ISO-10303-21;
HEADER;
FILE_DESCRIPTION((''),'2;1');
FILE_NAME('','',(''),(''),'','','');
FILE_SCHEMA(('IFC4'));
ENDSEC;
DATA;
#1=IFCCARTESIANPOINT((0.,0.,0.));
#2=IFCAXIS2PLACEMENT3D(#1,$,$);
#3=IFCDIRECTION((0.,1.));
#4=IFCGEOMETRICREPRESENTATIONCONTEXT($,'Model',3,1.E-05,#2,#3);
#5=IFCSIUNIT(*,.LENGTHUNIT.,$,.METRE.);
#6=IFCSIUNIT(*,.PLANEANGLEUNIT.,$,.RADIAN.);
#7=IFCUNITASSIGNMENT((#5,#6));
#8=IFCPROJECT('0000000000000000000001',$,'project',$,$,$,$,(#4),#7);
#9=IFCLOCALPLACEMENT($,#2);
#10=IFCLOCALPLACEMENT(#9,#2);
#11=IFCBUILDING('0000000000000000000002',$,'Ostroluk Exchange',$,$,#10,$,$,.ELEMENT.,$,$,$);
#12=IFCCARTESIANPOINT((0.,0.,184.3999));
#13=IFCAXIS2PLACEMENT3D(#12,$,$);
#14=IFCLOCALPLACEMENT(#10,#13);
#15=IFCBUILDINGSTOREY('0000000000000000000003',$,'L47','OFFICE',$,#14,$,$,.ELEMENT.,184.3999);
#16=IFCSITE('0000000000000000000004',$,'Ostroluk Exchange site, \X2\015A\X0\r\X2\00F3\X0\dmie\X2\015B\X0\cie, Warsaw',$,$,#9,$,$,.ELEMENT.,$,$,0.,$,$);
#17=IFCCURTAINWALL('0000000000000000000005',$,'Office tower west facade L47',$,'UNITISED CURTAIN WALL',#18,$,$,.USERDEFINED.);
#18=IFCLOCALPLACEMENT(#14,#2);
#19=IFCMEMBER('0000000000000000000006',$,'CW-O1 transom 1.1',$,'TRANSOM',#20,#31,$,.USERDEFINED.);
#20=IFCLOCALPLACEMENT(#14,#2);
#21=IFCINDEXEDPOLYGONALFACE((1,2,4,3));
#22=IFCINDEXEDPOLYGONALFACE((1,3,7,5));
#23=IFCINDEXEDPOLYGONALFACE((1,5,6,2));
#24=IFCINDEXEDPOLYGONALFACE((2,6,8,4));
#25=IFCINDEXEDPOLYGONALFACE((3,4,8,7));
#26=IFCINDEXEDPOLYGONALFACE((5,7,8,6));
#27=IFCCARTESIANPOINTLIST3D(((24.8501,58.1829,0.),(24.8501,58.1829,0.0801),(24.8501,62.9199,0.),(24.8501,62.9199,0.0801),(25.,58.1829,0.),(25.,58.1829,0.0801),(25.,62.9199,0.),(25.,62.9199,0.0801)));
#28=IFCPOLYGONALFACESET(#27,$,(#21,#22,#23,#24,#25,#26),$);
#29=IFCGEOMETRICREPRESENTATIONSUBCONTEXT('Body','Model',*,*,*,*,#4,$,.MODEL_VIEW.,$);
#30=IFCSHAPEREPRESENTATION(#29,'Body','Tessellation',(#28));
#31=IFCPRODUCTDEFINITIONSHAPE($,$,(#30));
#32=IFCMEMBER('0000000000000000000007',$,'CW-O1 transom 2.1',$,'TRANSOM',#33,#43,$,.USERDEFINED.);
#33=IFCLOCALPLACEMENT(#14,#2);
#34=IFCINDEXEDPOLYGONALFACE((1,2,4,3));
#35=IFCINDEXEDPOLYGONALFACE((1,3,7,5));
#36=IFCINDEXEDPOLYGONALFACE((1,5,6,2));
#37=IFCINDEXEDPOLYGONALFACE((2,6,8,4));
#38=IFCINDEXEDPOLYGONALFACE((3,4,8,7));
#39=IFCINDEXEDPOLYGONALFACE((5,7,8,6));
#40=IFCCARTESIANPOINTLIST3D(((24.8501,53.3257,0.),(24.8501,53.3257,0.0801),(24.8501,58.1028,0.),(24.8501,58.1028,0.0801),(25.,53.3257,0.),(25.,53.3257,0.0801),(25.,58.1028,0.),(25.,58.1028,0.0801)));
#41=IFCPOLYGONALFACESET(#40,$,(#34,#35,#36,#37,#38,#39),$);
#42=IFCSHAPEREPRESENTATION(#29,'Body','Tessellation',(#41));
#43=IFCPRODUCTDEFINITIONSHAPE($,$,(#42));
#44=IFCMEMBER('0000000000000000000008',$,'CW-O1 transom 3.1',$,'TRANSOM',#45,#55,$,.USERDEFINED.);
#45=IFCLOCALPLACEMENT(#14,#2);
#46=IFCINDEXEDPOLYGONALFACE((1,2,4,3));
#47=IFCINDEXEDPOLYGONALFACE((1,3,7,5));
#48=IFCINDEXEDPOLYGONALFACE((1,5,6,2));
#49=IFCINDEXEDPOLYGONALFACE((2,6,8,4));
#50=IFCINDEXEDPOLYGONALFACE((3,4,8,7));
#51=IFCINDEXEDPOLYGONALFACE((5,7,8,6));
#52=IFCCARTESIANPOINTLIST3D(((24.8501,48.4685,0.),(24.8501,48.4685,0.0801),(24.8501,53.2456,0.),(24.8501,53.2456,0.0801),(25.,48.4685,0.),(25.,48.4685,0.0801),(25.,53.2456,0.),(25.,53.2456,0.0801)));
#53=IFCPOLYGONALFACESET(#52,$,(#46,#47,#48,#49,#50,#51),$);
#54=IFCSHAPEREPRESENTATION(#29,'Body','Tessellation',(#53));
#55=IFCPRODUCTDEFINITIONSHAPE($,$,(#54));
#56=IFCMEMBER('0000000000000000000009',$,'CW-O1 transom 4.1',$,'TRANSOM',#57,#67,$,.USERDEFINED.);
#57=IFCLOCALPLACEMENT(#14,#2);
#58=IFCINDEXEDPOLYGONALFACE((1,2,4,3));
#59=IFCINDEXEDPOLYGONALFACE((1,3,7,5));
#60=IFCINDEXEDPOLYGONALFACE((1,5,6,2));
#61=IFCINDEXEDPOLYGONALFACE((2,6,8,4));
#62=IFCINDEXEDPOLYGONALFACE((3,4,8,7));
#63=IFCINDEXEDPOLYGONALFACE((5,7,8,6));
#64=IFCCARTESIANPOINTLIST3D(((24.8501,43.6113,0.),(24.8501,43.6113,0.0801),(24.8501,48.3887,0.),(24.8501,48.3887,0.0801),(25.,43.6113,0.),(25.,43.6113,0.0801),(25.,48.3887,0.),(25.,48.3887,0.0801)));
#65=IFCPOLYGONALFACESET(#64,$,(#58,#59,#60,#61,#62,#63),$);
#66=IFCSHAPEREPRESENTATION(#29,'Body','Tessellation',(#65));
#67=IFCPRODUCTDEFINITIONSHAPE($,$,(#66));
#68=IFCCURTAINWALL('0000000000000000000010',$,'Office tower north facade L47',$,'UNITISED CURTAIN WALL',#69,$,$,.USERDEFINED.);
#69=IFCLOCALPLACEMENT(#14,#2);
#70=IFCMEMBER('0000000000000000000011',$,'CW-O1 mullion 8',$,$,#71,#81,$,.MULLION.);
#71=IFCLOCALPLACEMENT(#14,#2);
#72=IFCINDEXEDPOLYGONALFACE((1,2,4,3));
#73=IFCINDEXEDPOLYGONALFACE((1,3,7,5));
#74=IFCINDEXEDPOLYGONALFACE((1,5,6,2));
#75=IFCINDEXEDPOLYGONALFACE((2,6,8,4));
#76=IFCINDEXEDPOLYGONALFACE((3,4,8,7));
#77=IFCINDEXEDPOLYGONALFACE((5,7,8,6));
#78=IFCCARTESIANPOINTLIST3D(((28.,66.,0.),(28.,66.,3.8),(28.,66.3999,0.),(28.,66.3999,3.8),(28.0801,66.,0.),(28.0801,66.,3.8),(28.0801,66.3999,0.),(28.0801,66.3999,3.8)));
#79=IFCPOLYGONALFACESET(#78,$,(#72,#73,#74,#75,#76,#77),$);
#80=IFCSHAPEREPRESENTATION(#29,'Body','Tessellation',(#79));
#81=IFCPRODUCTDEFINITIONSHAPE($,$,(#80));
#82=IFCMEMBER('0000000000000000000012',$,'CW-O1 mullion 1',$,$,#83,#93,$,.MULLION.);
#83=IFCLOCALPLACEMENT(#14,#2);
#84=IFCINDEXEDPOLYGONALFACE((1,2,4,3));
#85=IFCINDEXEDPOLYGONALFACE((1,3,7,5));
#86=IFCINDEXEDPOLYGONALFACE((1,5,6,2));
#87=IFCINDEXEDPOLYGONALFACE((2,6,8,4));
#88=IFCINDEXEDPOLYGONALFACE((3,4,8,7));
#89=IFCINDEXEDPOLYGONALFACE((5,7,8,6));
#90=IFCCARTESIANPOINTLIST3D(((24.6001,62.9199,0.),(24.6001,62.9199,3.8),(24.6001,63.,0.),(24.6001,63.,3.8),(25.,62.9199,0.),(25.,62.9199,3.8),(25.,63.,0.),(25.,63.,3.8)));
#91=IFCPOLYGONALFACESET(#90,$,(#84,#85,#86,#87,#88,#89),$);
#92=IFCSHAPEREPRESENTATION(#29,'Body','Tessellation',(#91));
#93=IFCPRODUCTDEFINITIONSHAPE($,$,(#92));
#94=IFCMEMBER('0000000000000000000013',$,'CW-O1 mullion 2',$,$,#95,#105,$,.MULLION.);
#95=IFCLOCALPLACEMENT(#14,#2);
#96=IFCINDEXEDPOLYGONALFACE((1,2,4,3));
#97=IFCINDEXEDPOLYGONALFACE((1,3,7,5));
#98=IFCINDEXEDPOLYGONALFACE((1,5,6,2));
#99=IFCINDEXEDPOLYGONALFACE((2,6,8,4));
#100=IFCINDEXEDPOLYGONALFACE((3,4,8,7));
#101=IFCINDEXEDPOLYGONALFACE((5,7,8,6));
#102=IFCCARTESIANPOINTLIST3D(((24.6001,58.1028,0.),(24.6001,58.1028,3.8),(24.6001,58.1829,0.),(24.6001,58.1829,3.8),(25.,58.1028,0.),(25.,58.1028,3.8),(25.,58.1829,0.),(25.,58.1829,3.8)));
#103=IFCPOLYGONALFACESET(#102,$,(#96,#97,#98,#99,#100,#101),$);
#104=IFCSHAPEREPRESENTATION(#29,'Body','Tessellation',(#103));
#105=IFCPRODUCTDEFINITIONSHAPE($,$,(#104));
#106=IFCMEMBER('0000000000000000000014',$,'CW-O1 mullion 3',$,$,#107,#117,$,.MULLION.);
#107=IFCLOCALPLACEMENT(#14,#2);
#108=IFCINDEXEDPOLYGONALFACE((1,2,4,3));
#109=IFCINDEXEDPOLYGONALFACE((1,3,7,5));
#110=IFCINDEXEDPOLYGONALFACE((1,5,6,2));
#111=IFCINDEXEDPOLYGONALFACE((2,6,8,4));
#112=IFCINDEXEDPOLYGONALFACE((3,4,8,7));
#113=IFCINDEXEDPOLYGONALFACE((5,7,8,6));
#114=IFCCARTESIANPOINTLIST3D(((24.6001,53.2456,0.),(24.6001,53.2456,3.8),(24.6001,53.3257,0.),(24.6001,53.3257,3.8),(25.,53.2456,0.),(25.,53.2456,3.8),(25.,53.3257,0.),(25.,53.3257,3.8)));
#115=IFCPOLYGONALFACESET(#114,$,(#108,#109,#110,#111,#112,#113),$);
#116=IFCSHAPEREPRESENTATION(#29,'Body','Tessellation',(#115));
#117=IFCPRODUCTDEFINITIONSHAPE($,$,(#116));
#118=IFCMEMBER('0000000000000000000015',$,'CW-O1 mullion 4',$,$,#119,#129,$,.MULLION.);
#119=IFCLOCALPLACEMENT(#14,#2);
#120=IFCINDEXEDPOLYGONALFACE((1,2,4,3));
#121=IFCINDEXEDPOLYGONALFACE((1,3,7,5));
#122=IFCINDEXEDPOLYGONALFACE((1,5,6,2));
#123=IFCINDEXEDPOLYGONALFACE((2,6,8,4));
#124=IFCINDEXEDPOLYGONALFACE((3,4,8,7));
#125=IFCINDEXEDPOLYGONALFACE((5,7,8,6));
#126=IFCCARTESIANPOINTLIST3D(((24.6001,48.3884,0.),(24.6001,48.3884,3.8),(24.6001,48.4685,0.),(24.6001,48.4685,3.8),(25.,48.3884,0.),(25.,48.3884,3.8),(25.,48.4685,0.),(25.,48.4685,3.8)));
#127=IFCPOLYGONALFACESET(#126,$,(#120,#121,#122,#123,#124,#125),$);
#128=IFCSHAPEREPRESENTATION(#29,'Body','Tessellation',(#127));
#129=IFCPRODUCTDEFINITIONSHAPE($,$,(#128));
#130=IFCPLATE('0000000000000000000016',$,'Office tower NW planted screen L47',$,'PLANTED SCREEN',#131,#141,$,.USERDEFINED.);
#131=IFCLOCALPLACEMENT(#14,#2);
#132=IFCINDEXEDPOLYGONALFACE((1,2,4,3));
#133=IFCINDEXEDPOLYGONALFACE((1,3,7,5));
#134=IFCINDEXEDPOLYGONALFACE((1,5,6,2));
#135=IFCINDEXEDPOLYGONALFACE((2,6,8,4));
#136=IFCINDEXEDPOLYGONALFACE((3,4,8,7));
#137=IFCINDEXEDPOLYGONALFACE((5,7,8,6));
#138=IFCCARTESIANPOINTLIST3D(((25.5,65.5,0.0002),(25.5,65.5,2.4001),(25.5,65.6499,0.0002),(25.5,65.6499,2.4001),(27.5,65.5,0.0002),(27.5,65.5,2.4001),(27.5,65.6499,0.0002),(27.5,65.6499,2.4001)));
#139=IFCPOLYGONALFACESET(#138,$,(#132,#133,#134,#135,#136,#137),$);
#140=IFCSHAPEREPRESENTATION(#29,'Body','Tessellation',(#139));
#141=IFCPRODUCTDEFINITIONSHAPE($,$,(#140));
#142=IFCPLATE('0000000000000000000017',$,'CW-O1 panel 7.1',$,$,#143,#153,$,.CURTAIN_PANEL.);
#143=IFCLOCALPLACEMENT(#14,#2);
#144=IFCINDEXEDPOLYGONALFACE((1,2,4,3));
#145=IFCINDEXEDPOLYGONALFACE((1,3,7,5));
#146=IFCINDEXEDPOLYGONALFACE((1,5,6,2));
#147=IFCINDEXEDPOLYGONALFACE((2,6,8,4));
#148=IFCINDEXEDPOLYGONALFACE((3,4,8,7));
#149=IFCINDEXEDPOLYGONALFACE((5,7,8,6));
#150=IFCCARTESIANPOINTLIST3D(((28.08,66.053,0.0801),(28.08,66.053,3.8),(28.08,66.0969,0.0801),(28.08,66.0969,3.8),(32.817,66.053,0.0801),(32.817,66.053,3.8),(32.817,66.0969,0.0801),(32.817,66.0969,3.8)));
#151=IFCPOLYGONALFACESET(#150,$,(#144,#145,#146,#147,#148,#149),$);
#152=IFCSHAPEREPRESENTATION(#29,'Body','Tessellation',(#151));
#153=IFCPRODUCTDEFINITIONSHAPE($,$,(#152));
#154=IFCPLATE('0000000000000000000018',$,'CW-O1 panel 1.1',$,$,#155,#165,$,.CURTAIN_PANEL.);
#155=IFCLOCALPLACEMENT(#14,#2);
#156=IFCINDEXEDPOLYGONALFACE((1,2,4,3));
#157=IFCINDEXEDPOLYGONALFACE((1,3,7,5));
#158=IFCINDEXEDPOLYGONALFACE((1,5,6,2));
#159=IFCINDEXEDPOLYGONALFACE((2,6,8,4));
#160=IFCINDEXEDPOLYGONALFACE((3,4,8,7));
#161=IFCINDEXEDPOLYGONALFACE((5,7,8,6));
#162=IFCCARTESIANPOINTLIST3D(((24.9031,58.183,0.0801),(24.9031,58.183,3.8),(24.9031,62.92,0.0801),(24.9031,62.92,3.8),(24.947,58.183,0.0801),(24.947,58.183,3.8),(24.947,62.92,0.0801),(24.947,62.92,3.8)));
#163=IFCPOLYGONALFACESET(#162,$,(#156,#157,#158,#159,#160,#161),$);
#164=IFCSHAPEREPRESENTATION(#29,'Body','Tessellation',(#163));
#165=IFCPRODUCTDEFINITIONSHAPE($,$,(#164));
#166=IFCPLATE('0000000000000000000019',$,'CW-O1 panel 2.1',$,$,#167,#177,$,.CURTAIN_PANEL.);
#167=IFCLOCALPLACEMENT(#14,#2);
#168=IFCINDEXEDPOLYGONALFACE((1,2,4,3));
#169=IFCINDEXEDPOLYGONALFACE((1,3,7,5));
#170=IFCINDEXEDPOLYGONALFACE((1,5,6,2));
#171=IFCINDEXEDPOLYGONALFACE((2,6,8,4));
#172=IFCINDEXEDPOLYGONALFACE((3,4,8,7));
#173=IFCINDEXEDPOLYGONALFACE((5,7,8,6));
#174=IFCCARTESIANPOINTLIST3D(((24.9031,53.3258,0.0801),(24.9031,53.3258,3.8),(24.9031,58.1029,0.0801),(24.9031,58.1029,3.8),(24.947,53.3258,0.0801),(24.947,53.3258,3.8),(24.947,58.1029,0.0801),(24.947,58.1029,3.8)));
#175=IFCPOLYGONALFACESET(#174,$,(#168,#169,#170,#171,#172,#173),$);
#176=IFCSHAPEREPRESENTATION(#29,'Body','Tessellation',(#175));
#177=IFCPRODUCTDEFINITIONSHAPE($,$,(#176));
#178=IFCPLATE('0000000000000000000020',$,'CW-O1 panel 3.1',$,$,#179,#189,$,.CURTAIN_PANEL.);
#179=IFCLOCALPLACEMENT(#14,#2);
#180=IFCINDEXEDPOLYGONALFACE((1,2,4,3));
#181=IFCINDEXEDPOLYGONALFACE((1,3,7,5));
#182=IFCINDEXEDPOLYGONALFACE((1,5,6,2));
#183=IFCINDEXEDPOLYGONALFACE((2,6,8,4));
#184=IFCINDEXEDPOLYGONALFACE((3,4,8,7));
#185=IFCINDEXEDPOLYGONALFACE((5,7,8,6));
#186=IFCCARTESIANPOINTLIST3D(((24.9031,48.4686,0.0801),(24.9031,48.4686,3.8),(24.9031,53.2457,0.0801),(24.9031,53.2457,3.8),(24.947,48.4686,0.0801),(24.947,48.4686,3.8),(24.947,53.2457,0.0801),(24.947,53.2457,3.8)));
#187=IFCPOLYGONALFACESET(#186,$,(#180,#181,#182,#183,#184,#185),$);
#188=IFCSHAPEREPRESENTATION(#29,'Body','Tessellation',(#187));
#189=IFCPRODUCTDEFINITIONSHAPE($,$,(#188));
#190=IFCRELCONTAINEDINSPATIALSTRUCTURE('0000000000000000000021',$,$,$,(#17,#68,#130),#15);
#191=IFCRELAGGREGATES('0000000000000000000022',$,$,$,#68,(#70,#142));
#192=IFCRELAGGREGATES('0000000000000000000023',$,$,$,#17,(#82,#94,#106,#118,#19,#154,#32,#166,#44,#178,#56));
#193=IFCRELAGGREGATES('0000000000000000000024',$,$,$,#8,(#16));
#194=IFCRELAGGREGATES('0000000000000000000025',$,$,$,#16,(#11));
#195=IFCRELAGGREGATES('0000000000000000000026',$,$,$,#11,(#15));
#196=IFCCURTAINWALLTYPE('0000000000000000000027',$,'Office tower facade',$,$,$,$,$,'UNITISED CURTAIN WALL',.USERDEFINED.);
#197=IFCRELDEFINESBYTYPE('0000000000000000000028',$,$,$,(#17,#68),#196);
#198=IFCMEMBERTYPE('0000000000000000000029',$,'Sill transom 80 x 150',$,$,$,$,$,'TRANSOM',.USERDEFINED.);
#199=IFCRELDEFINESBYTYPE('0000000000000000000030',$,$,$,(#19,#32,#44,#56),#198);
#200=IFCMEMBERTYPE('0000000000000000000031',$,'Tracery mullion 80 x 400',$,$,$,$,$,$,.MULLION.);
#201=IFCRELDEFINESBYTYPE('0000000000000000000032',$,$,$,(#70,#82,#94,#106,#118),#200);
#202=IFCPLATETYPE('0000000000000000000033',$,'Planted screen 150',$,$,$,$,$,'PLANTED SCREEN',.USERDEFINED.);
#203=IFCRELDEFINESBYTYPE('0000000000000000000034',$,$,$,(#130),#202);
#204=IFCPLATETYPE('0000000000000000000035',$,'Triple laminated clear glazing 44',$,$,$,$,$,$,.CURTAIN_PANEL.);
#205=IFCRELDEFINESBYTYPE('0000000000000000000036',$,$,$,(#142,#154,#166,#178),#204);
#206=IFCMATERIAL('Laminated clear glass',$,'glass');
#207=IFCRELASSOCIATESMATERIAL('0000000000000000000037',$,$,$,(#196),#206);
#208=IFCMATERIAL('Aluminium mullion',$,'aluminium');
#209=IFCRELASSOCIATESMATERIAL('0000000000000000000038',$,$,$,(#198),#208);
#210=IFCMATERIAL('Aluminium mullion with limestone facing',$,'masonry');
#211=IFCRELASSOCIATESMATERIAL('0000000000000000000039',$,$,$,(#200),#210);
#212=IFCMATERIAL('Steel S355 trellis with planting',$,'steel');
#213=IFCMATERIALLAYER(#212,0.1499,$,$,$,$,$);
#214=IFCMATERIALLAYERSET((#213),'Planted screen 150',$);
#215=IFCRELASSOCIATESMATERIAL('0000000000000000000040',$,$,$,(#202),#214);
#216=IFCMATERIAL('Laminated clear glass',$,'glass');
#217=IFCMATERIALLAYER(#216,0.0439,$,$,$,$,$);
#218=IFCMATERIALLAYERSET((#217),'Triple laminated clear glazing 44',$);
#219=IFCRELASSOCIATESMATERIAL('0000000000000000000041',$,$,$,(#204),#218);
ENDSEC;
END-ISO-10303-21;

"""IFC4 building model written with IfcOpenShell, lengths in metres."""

from ifc_helpers import new_model, si_unit, direction, frame, origin, origin_2d, place, context, subcontext, project, spatial, rectangle, extrude, material, layer, layer_set, material_profile, profile_set, type_object, element, aggregate, save


model = new_model("IFC4")

# Units and contexts
model_context = context("Model", 3, precision=1e-05, world=origin(), true_north=direction((0.0, 1.0)))
body_context = subcontext(model_context, "Body", "Model", "MODEL_VIEW")
ifc_project = project(units=[si_unit("LENGTHUNIT", "METRE"), si_unit("PLANEANGLEUNIT", "RADIAN")], contexts=[model_context])

# Site, building, storey
site_placement = place(None, origin())
site = spatial("IfcSite", under=ifc_project, at=site_placement, Name="Ostroluk Exchange site, Śródmieście, Warsaw", CompositionType="ELEMENT", RefElevation=0.0)
building_placement = place(site_placement, origin())
building = spatial("IfcBuilding", under=site, at=building_placement, Name="Ostroluk Exchange", CompositionType="ELEMENT")
storey_placement = place(building_placement, frame((0.0, 0.0, 184.3999)))
storey = spatial("IfcBuildingStorey", under=building, at=storey_placement, Name="L47", Description="OFFICE", CompositionType="ELEMENT", Elevation=184.3999)

# Curtain wall, members
ifc_material_1 = material(Name="Laminated clear glass", Category="glass")
curtain_wall_type = type_object("IfcCurtainWallType", Name="Office tower facade", ElementType="UNITISED CURTAIN WALL", PredefinedType="USERDEFINED", material=ifc_material_1)
curtain_wall_1_placement = place(storey_placement, origin())
curtain_wall_1 = element("IfcCurtainWall", 1, at=curtain_wall_1_placement, inside=storey, type_object=curtain_wall_type, Name="Office tower west facade L47", ObjectType="UNITISED CURTAIN WALL", PredefinedType="USERDEFINED")
ifc_material_2 = material(Name="Aluminium mullion", Category="aluminium")
ifc_material_profile_1 = material_profile(ifc_material_2, rectangle(XDim=0.1499, YDim=0.0801, at=origin_2d()), Name="Sill transom 80 x 150")
ifc_profile_set_1 = profile_set([ifc_material_profile_1], Name="Aluminium mullion")
member_type_1 = type_object("IfcMemberType", Name="Sill transom 80 x 150", ElementType="TRANSOM", PredefinedType="USERDEFINED", material=ifc_profile_set_1)
member_1_placement = place(storey_placement, frame((24.925, 62.9199, 0.04), z_axis=(0.0, -1.0, 0.0), x_axis=(1.0, 0.0, 0.0)))
member_1 = element("IfcMember", 2, at=member_1_placement, type_object=member_type_1, Name="CW-O1 transom 1.1", ObjectType="TRANSOM", PredefinedType="USERDEFINED", context=body_context, shape_type="SweptSolid", body=[
    extrude(rectangle(XDim=0.1499, YDim=0.0801, at=origin_2d()), origin(), (0.0, 0.0, 1.0), 4.7371),
])
member_2_placement = place(storey_placement, frame((24.925, 58.1028, 0.04), z_axis=(0.0, -1.0, 0.0), x_axis=(1.0, 0.0, 0.0)))
member_2 = element("IfcMember", 3, at=member_2_placement, type_object=member_type_1, Name="CW-O1 transom 2.1", ObjectType="TRANSOM", PredefinedType="USERDEFINED", context=body_context, shape_type="SweptSolid", body=[
    extrude(rectangle(XDim=0.1499, YDim=0.0801, at=origin_2d()), origin(), (0.0, 0.0, 1.0), 4.7771),
])
member_3_placement = place(storey_placement, frame((24.925, 53.2456, 0.04), z_axis=(0.0, -1.0, 0.0), x_axis=(1.0, 0.0, 0.0)))
member_3 = element("IfcMember", 4, at=member_3_placement, type_object=member_type_1, Name="CW-O1 transom 3.1", ObjectType="TRANSOM", PredefinedType="USERDEFINED", context=body_context, shape_type="SweptSolid", body=[
    extrude(rectangle(XDim=0.1499, YDim=0.0801, at=origin_2d()), origin(), (0.0, 0.0, 1.0), 4.7771),
])
member_4_placement = place(storey_placement, frame((24.925, 48.3887, 0.04), z_axis=(0.0, -1.0, 0.0), x_axis=(1.0, 0.0, 0.0)))
member_4 = element("IfcMember", 5, at=member_4_placement, type_object=member_type_1, Name="CW-O1 transom 4.1", ObjectType="TRANSOM", PredefinedType="USERDEFINED", context=body_context, shape_type="SweptSolid", body=[
    extrude(rectangle(XDim=0.1499, YDim=0.0801, at=origin_2d()), origin(), (0.0, 0.0, 1.0), 4.7773),
])

# Curtain wall, member
curtain_wall_2_placement = place(storey_placement, origin())
curtain_wall_2 = element("IfcCurtainWall", 6, at=curtain_wall_2_placement, inside=storey, type_object=curtain_wall_type, Name="Office tower north facade L47", ObjectType="UNITISED CURTAIN WALL", PredefinedType="USERDEFINED")
ifc_material_3 = material(Name="Aluminium mullion with limestone facing", Category="masonry")
ifc_material_profile_2 = material_profile(ifc_material_3, rectangle(XDim=0.3999, YDim=0.0801, at=origin_2d()), Name="Tracery mullion 80 x 400")
ifc_profile_set_2 = profile_set([ifc_material_profile_2], Name="Aluminium mullion with limestone facing")
member_type_2 = type_object("IfcMemberType", Name="Tracery mullion 80 x 400", PredefinedType="MULLION", material=ifc_profile_set_2)
member_5_placement = place(storey_placement, frame((28.04, 66.2, 0.0), z_axis=(0.0, 0.0, 1.0), x_axis=(0.0, -1.0, 0.0)))
member_5 = element("IfcMember", 7, at=member_5_placement, type_object=member_type_2, Name="CW-O1 mullion 8", PredefinedType="MULLION", context=body_context, shape_type="SweptSolid", body=[
    extrude(rectangle(XDim=0.3999, YDim=0.0801, at=origin_2d()), origin(), (0.0, 0.0, 1.0), 3.8),
])

# Members
member_6_placement = place(storey_placement, frame((24.8, 62.96, 0.0), z_axis=(0.0, 0.0, 1.0), x_axis=(1.0, 0.0, 0.0)))
member_6 = element("IfcMember", 8, at=member_6_placement, type_object=member_type_2, Name="CW-O1 mullion 1", PredefinedType="MULLION", context=body_context, shape_type="SweptSolid", body=[
    extrude(rectangle(XDim=0.3999, YDim=0.0801, at=origin_2d()), origin(), (0.0, 0.0, 1.0), 3.8),
])
member_7_placement = place(storey_placement, frame((24.8, 58.1428, 0.0), z_axis=(0.0, 0.0, 1.0), x_axis=(1.0, 0.0, 0.0)))
member_7 = element("IfcMember", 9, at=member_7_placement, type_object=member_type_2, Name="CW-O1 mullion 2", PredefinedType="MULLION", context=body_context, shape_type="SweptSolid", body=[
    extrude(rectangle(XDim=0.3999, YDim=0.0801, at=origin_2d()), origin(), (0.0, 0.0, 1.0), 3.8),
])
member_8_placement = place(storey_placement, frame((24.8, 53.2856, 0.0), z_axis=(0.0, 0.0, 1.0), x_axis=(1.0, 0.0, 0.0)))
member_8 = element("IfcMember", 10, at=member_8_placement, type_object=member_type_2, Name="CW-O1 mullion 3", PredefinedType="MULLION", context=body_context, shape_type="SweptSolid", body=[
    extrude(rectangle(XDim=0.3999, YDim=0.0801, at=origin_2d()), origin(), (0.0, 0.0, 1.0), 3.8),
])
member_9_placement = place(storey_placement, frame((24.8, 48.4285, 0.0), z_axis=(0.0, 0.0, 1.0), x_axis=(1.0, 0.0, 0.0)))
member_9 = element("IfcMember", 11, at=member_9_placement, type_object=member_type_2, Name="CW-O1 mullion 4", PredefinedType="MULLION", context=body_context, shape_type="SweptSolid", body=[
    extrude(rectangle(XDim=0.3999, YDim=0.0801, at=origin_2d()), origin(), (0.0, 0.0, 1.0), 3.8),
])

# Plates
ifc_material_4 = material(Name="Steel S355 trellis with planting", Category="steel")
ifc_layer_1 = layer(ifc_material_4, 0.1499)
ifc_layer_set_1 = layer_set([ifc_layer_1], Name="Planted screen 150")
plate_type_1 = type_object("IfcPlateType", Name="Planted screen 150", ElementType="PLANTED SCREEN", PredefinedType="USERDEFINED", material=ifc_layer_set_1)
plate_1_placement = place(storey_placement, frame((26.5, 65.575, 0.0002), z_axis=(0.0, 0.0, 1.0), x_axis=(1.0, 0.0, 0.0)))
element("IfcPlate", 12, at=plate_1_placement, inside=storey, type_object=plate_type_1, Name="Office tower NW planted screen L47", ObjectType="PLANTED SCREEN", PredefinedType="USERDEFINED", context=body_context, shape_type="SweptSolid", body=[
    extrude(rectangle(XDim=2.0, YDim=0.1499, at=origin_2d()), origin(), (0.0, 0.0, 1.0), 2.3999),
])
ifc_material_5 = material(Name="Laminated clear glass", Category="glass")
ifc_layer_2 = layer(ifc_material_5, 0.0439)
ifc_layer_set_2 = layer_set([ifc_layer_2], Name="Triple laminated clear glazing 44")
plate_type_2 = type_object("IfcPlateType", Name="Triple laminated clear glazing 44", PredefinedType="CURTAIN_PANEL", material=ifc_layer_set_2)
plate_2_placement = place(storey_placement, frame((30.4485, 66.075, 0.0801), z_axis=(0.0, 0.0, 1.0), x_axis=(-1.0, 0.0, 0.0)))
plate_2 = element("IfcPlate", 13, at=plate_2_placement, type_object=plate_type_2, Name="CW-O1 panel 7.1", PredefinedType="CURTAIN_PANEL", context=body_context, shape_type="SweptSolid", body=[
    extrude(rectangle(XDim=4.7371, YDim=0.0439, at=origin_2d()), origin(), (0.0, 0.0, 1.0), 3.72),
])
aggregate(curtain_wall_2, [member_5, plate_2])
plate_3_placement = place(storey_placement, frame((24.925, 60.5515, 0.0801), z_axis=(0.0, 0.0, 1.0), x_axis=(0.0, -1.0, 0.0)))
plate_3 = element("IfcPlate", 14, at=plate_3_placement, type_object=plate_type_2, Name="CW-O1 panel 1.1", PredefinedType="CURTAIN_PANEL", context=body_context, shape_type="SweptSolid", body=[
    extrude(rectangle(XDim=4.7371, YDim=0.0439, at=origin_2d()), origin(), (0.0, 0.0, 1.0), 3.72),
])
plate_4_placement = place(storey_placement, frame((24.925, 55.7144, 0.0801), z_axis=(0.0, 0.0, 1.0), x_axis=(0.0, -1.0, 0.0)))
plate_4 = element("IfcPlate", 15, at=plate_4_placement, type_object=plate_type_2, Name="CW-O1 panel 2.1", PredefinedType="CURTAIN_PANEL", context=body_context, shape_type="SweptSolid", body=[
    extrude(rectangle(XDim=4.7771, YDim=0.0439, at=origin_2d()), origin(), (0.0, 0.0, 1.0), 3.72),
])
plate_5_placement = place(storey_placement, frame((24.925, 50.8572, 0.0801), z_axis=(0.0, 0.0, 1.0), x_axis=(0.0, -1.0, 0.0)))
plate_5 = element("IfcPlate", 16, at=plate_5_placement, type_object=plate_type_2, Name="CW-O1 panel 3.1", PredefinedType="CURTAIN_PANEL", context=body_context, shape_type="SweptSolid", body=[
    extrude(rectangle(XDim=4.7771, YDim=0.0439, at=origin_2d()), origin(), (0.0, 0.0, 1.0), 3.72),
])
aggregate(curtain_wall_1, [member_6, member_7, member_8, member_9, member_1, plate_3, member_2, plate_4, member_3, plate_5, member_4])

save(model, "model.ifc")
